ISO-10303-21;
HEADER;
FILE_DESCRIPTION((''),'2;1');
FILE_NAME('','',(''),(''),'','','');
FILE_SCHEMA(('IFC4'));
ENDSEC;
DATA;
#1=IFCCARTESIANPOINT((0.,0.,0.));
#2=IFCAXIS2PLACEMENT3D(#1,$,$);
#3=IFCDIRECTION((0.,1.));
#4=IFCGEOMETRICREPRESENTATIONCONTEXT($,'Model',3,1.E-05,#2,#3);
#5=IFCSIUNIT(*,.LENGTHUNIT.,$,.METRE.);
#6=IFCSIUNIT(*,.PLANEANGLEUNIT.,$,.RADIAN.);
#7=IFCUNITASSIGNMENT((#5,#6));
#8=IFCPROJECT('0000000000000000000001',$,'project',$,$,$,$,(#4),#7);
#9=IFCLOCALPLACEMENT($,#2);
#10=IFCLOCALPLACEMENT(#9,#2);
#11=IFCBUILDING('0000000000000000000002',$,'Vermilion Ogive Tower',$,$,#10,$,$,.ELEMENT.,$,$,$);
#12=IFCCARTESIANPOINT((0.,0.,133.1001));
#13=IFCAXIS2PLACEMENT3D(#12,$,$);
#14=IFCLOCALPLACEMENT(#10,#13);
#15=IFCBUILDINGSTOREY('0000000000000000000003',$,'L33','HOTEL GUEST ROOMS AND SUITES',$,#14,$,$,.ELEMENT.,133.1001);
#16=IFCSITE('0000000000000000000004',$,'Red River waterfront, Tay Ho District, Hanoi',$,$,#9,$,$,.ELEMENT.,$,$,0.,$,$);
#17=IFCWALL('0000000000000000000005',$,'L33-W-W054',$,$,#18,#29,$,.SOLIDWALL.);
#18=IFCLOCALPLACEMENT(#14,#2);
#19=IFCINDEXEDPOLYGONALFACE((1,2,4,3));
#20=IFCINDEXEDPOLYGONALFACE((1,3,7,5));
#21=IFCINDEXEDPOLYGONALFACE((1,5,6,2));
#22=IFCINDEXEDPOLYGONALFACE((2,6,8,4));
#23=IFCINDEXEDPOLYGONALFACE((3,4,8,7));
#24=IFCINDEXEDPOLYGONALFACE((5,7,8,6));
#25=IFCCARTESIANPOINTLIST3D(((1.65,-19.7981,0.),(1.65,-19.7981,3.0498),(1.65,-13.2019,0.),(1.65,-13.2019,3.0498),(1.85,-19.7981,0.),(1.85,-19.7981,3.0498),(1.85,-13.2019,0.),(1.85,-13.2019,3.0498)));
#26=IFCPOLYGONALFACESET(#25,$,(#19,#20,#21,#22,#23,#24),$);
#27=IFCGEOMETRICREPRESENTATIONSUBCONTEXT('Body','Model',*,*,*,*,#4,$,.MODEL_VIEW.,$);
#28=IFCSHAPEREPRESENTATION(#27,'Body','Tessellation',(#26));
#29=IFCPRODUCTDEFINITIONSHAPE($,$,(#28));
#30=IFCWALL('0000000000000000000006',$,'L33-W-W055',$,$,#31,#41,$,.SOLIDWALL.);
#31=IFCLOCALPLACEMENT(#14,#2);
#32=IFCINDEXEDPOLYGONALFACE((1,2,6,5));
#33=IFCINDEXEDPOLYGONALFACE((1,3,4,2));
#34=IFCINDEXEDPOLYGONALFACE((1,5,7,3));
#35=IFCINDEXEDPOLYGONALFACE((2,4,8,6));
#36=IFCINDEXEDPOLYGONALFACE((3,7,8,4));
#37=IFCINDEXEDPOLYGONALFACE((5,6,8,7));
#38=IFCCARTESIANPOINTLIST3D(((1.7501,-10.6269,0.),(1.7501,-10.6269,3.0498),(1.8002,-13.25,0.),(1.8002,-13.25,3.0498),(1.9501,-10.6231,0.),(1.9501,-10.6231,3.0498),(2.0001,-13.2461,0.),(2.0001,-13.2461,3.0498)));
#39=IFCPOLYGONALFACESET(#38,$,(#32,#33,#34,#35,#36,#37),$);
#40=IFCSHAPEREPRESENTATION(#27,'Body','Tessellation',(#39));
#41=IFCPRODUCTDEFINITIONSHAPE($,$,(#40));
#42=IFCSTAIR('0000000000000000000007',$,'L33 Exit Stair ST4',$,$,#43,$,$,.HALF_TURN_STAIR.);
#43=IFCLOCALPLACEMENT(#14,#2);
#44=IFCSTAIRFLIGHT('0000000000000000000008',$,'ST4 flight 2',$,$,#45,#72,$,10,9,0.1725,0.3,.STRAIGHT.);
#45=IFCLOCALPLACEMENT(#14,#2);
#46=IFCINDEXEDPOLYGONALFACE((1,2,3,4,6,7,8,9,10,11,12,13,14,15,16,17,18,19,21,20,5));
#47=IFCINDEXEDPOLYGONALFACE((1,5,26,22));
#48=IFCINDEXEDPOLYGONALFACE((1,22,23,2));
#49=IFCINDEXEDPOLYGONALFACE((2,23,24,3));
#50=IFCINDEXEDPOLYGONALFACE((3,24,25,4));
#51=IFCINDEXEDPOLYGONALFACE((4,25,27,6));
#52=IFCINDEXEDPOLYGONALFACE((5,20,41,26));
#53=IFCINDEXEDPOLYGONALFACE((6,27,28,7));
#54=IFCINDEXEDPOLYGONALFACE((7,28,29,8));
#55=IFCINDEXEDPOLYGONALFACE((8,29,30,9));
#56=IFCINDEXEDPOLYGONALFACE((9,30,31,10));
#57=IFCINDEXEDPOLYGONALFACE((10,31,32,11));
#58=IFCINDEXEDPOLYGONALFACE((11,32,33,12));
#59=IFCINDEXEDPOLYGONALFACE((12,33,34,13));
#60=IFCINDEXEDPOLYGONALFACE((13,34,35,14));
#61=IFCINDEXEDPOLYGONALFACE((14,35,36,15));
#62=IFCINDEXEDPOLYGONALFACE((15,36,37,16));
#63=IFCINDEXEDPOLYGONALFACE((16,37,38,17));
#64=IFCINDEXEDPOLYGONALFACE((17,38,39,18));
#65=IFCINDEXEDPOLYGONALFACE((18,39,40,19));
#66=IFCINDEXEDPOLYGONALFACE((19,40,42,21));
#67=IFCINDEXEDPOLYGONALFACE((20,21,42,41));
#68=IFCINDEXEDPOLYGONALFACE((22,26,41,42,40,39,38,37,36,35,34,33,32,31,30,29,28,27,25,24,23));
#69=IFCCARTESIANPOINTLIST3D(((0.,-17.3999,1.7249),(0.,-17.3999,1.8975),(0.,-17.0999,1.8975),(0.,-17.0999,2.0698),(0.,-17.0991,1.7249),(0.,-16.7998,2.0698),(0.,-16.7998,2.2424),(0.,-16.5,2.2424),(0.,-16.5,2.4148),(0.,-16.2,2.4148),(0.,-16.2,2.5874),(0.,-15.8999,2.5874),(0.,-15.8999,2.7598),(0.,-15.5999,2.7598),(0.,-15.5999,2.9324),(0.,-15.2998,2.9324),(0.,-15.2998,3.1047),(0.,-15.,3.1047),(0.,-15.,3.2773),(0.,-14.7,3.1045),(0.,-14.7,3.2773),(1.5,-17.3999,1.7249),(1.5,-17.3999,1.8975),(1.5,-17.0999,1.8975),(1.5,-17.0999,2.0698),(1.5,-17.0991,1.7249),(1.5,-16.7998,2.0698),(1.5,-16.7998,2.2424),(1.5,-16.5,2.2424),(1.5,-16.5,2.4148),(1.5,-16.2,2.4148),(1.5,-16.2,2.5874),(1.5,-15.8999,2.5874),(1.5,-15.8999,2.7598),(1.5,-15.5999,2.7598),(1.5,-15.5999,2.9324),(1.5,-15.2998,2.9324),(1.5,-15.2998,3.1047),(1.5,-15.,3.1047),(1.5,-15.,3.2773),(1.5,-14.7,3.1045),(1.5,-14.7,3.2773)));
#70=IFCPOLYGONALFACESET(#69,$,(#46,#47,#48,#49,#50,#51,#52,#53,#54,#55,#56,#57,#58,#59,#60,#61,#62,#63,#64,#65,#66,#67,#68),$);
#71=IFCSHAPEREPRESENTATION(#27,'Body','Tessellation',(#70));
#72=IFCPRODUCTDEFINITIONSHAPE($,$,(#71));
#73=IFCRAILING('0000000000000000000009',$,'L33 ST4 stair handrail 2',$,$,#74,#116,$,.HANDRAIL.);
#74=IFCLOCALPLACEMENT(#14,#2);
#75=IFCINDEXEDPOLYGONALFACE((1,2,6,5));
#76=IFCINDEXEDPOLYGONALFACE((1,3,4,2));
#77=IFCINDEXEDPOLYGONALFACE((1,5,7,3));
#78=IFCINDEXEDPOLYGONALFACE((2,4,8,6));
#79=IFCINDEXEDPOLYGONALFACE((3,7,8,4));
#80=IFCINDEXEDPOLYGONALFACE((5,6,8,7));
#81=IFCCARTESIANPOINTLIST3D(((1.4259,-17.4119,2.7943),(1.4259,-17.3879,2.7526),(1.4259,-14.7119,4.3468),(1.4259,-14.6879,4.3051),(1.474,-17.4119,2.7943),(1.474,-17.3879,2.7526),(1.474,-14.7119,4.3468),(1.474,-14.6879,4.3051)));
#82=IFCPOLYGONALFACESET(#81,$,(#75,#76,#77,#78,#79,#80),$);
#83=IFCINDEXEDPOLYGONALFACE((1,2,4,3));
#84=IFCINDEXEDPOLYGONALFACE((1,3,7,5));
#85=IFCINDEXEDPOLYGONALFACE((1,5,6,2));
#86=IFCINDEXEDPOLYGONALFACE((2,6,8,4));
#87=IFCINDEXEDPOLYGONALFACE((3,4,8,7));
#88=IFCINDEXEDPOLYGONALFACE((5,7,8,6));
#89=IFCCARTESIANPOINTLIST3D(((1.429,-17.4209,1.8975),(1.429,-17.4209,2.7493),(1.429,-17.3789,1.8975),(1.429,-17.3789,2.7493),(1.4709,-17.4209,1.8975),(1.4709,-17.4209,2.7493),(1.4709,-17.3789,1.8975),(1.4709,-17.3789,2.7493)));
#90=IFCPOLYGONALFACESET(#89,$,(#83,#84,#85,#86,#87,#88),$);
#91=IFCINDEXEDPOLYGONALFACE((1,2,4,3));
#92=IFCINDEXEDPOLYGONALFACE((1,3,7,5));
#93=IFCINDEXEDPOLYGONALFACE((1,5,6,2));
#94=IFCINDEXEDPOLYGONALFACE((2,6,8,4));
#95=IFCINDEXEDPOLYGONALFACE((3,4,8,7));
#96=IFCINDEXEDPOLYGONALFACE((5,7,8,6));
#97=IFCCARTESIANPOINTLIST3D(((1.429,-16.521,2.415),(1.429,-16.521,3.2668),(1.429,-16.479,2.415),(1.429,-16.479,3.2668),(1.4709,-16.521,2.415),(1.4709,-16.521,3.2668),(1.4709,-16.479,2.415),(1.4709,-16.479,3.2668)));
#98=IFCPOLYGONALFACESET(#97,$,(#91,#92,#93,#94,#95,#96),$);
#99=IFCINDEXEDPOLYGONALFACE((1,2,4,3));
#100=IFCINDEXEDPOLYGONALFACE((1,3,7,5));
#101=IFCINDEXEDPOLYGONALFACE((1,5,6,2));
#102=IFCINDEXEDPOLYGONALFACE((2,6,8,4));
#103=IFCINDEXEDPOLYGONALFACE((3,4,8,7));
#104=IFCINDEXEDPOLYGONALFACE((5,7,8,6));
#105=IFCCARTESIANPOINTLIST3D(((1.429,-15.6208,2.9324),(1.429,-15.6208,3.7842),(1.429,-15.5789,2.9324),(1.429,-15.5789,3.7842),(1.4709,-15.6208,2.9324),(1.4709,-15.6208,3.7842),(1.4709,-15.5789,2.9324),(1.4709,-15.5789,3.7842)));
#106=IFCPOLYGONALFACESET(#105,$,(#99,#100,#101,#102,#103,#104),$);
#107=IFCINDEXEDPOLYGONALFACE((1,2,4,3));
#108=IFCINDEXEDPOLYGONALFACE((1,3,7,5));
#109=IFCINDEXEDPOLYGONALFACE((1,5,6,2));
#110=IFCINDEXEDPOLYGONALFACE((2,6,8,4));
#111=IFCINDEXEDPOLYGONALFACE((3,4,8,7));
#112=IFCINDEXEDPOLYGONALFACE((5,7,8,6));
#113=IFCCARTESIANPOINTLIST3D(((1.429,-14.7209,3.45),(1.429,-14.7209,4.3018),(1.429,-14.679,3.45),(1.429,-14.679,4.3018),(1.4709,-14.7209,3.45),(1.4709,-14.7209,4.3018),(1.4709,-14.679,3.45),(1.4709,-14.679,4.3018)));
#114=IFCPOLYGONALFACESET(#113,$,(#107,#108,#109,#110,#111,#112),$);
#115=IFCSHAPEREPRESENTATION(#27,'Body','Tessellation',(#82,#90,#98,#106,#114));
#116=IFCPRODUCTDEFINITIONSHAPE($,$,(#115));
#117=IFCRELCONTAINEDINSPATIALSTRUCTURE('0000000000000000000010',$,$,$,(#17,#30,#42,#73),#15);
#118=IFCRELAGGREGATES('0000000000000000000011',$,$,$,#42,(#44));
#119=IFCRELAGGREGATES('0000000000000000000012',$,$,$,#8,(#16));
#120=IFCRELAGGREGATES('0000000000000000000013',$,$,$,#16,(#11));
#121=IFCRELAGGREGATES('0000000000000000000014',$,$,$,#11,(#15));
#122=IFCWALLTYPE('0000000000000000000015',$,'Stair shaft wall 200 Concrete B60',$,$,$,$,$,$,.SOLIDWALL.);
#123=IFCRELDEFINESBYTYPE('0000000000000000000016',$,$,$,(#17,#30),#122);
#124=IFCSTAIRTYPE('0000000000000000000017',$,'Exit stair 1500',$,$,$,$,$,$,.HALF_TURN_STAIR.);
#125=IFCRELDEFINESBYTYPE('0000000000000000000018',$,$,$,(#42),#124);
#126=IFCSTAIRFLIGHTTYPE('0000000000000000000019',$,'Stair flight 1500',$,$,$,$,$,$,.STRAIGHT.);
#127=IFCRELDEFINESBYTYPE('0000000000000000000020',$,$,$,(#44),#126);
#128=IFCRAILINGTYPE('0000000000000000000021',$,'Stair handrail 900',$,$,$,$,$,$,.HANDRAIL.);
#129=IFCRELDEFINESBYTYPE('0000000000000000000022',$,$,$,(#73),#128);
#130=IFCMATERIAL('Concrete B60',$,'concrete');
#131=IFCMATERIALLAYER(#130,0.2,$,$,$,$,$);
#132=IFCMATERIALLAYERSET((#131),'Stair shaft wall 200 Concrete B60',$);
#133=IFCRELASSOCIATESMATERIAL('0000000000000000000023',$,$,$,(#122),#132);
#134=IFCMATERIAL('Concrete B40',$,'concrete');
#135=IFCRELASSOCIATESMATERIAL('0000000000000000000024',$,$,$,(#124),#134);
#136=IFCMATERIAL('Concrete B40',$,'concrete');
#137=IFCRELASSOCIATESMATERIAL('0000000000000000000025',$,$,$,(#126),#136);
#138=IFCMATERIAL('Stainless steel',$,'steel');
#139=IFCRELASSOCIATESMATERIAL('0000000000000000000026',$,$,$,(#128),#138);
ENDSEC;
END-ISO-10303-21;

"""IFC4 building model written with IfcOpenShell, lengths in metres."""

from ifc_helpers import new_model, si_unit, direction, frame, frame_2d, origin, origin_2d, place, context, subcontext, project, spatial, polyline, rectangle, outline, extrude, material, layer, layer_set, type_object, element, aggregate, save


model = new_model("IFC4")

# Units and contexts
model_context = context("Model", 3, precision=1e-05, world=origin(), true_north=direction((0.0, 1.0)))
body_context = subcontext(model_context, "Body", "Model", "MODEL_VIEW")
ifc_project = project(units=[si_unit("LENGTHUNIT", "METRE"), si_unit("PLANEANGLEUNIT", "RADIAN")], contexts=[model_context])

# Site, building, storey
site_placement = place(None, origin())
site = spatial("IfcSite", under=ifc_project, at=site_placement, Name="Red River waterfront, Tay Ho District, Hanoi", CompositionType="ELEMENT", RefElevation=0.0)
building_placement = place(site_placement, origin())
building = spatial("IfcBuilding", under=site, at=building_placement, Name="Vermilion Ogive Tower", CompositionType="ELEMENT")
storey_placement = place(building_placement, frame((0.0, 0.0, 133.1001)))
storey = spatial("IfcBuildingStorey", under=building, at=storey_placement, Name="L33", Description="HOTEL GUEST ROOMS AND SUITES", CompositionType="ELEMENT", Elevation=133.1001)

# Shared definitions
ifc_material_1 = material(Name="Concrete B60", Category="concrete")
ifc_layer_1 = layer(ifc_material_1, 0.2)
ifc_layer_set_1 = layer_set([ifc_layer_1], Name="Stair shaft wall 200 Concrete B60")
wall_type_1 = type_object("IfcWallType", Name="Stair shaft wall 200 Concrete B60", PredefinedType="SOLIDWALL", material=ifc_layer_set_1)

# Walls
wall_1_placement = place(storey_placement, frame((1.75, -19.7981, 0.0), z_axis=(0.0, 0.0, 1.0), x_axis=(0.0, 1.0, 0.0)))
element("IfcWall", 1, at=wall_1_placement, inside=storey, type_object=wall_type_1, Name="L33-W-W054", PredefinedType="SOLIDWALL", context=body_context, shape_type="SweptSolid", body=[
    extrude(rectangle(XDim=6.5962, YDim=0.2, at=frame_2d((3.2981, 0.0))), origin(), (0.0, 0.0, 1.0), 3.0498),
])
wall_2_placement = place(storey_placement, frame((1.9001, -13.248, 0.0), z_axis=(0.0, 0.0, 1.0), x_axis=(-0.019077, 0.999818, 0.0)))
element("IfcWall", 2, at=wall_2_placement, inside=storey, type_object=wall_type_1, Name="L33-W-W055", PredefinedType="SOLIDWALL", context=body_context, shape_type="SweptSolid", body=[
    extrude(rectangle(XDim=2.6235, YDim=0.2, at=frame_2d((1.3118, 0.0))), origin(), (0.0, 0.0, 1.0), 3.0498),
])

# Stair, stair flight
ifc_material_2 = material(Name="Concrete B40", Category="concrete")
stair_type = type_object("IfcStairType", Name="Exit stair 1500", PredefinedType="HALF_TURN_STAIR", material=ifc_material_2)
stair_placement = place(storey_placement, origin())
stair = element("IfcStair", 3, at=stair_placement, inside=storey, type_object=stair_type, Name="L33 Exit Stair ST4", PredefinedType="HALF_TURN_STAIR")
ifc_material_3 = material(Name="Concrete B40", Category="concrete")
stair_flight_type = type_object("IfcStairFlightType", Name="Stair flight 1500", PredefinedType="STRAIGHT", material=ifc_material_3)
stair_flight_placement = place(storey_placement, frame((0.75, -17.3999, 1.7249), z_axis=(0.0, 0.0, 1.0), x_axis=(0.0, 1.0, 0.0)))
stair_flight = element("IfcStairFlight", 4, at=stair_flight_placement, type_object=stair_flight_type, Name="ST4 flight 2", NumberOfRisers=10, NumberOfTreads=9, PredefinedType="STRAIGHT", RiserHeight=0.1725, TreadLength=0.3, context=body_context, shape_type="SweptSolid", body=[
    extrude(outline(polyline([(0.0, 0.0), (0.0, 0.1726), (0.3, 0.1726), (0.3, 0.345), (0.6001, 0.345), (0.6001, 0.5176), (0.8999, 0.5176), (0.8999, 0.6899), (1.2, 0.6899), (1.2, 0.8625), (1.5, 0.8625), (1.5, 1.0349), (1.8, 1.0349), (1.8, 1.2075), (2.1001, 1.2075), (2.1001, 1.3799), (2.3999, 1.3799), (2.3999, 1.5525), (2.7, 1.5525), (2.7, 1.7251), (2.7, 1.3796), (0.3008, 0.0), (0.0, 0.0)])), frame((0.0, 0.75, 0.0), z_axis=(0.0, -1.0, 0.0), x_axis=(1.0, 0.0, 0.0)), (0.0, 0.0, 1.0), 1.5),
])
aggregate(stair, [stair_flight])

# Railing
ifc_material_4 = material(Name="Stainless steel", Category="steel")
railing_type = type_object("IfcRailingType", Name="Stair handrail 900", PredefinedType="HANDRAIL", material=ifc_material_4)
railing_placement = place(storey_placement, frame((1.45, -17.3999, 1.8975)))
element("IfcRailing", 5, at=railing_placement, inside=storey, type_object=railing_type, Name="L33 ST4 stair handrail 2", PredefinedType="HANDRAIL", context=body_context, shape_type="SweptSolid", body=[
    extrude(rectangle(XDim=0.0481, YDim=0.0481, at=origin_2d()), frame((0.0, 0.0, 0.876), z_axis=(0.0, 0.866904, 0.498476), x_axis=(-1.0, 0.0, 0.0)), (0.0, 0.0, 1.0), 3.1145),
    extrude(rectangle(XDim=0.042, YDim=0.042, at=origin_2d()), origin(), (0.0, 0.0, 1.0), 0.8518),
    extrude(rectangle(XDim=0.042, YDim=0.042, at=origin_2d()), frame((0.0, 0.8999, 0.5176)), (0.0, 0.0, 1.0), 0.8518),
    extrude(rectangle(XDim=0.042, YDim=0.042, at=origin_2d()), frame((0.0, 1.8, 1.0349)), (0.0, 0.0, 1.0), 0.8518),
    extrude(rectangle(XDim=0.042, YDim=0.042, at=origin_2d()), frame((0.0, 2.7, 1.5525)), (0.0, 0.0, 1.0), 0.8518),
])

save(model, "model.ifc")
